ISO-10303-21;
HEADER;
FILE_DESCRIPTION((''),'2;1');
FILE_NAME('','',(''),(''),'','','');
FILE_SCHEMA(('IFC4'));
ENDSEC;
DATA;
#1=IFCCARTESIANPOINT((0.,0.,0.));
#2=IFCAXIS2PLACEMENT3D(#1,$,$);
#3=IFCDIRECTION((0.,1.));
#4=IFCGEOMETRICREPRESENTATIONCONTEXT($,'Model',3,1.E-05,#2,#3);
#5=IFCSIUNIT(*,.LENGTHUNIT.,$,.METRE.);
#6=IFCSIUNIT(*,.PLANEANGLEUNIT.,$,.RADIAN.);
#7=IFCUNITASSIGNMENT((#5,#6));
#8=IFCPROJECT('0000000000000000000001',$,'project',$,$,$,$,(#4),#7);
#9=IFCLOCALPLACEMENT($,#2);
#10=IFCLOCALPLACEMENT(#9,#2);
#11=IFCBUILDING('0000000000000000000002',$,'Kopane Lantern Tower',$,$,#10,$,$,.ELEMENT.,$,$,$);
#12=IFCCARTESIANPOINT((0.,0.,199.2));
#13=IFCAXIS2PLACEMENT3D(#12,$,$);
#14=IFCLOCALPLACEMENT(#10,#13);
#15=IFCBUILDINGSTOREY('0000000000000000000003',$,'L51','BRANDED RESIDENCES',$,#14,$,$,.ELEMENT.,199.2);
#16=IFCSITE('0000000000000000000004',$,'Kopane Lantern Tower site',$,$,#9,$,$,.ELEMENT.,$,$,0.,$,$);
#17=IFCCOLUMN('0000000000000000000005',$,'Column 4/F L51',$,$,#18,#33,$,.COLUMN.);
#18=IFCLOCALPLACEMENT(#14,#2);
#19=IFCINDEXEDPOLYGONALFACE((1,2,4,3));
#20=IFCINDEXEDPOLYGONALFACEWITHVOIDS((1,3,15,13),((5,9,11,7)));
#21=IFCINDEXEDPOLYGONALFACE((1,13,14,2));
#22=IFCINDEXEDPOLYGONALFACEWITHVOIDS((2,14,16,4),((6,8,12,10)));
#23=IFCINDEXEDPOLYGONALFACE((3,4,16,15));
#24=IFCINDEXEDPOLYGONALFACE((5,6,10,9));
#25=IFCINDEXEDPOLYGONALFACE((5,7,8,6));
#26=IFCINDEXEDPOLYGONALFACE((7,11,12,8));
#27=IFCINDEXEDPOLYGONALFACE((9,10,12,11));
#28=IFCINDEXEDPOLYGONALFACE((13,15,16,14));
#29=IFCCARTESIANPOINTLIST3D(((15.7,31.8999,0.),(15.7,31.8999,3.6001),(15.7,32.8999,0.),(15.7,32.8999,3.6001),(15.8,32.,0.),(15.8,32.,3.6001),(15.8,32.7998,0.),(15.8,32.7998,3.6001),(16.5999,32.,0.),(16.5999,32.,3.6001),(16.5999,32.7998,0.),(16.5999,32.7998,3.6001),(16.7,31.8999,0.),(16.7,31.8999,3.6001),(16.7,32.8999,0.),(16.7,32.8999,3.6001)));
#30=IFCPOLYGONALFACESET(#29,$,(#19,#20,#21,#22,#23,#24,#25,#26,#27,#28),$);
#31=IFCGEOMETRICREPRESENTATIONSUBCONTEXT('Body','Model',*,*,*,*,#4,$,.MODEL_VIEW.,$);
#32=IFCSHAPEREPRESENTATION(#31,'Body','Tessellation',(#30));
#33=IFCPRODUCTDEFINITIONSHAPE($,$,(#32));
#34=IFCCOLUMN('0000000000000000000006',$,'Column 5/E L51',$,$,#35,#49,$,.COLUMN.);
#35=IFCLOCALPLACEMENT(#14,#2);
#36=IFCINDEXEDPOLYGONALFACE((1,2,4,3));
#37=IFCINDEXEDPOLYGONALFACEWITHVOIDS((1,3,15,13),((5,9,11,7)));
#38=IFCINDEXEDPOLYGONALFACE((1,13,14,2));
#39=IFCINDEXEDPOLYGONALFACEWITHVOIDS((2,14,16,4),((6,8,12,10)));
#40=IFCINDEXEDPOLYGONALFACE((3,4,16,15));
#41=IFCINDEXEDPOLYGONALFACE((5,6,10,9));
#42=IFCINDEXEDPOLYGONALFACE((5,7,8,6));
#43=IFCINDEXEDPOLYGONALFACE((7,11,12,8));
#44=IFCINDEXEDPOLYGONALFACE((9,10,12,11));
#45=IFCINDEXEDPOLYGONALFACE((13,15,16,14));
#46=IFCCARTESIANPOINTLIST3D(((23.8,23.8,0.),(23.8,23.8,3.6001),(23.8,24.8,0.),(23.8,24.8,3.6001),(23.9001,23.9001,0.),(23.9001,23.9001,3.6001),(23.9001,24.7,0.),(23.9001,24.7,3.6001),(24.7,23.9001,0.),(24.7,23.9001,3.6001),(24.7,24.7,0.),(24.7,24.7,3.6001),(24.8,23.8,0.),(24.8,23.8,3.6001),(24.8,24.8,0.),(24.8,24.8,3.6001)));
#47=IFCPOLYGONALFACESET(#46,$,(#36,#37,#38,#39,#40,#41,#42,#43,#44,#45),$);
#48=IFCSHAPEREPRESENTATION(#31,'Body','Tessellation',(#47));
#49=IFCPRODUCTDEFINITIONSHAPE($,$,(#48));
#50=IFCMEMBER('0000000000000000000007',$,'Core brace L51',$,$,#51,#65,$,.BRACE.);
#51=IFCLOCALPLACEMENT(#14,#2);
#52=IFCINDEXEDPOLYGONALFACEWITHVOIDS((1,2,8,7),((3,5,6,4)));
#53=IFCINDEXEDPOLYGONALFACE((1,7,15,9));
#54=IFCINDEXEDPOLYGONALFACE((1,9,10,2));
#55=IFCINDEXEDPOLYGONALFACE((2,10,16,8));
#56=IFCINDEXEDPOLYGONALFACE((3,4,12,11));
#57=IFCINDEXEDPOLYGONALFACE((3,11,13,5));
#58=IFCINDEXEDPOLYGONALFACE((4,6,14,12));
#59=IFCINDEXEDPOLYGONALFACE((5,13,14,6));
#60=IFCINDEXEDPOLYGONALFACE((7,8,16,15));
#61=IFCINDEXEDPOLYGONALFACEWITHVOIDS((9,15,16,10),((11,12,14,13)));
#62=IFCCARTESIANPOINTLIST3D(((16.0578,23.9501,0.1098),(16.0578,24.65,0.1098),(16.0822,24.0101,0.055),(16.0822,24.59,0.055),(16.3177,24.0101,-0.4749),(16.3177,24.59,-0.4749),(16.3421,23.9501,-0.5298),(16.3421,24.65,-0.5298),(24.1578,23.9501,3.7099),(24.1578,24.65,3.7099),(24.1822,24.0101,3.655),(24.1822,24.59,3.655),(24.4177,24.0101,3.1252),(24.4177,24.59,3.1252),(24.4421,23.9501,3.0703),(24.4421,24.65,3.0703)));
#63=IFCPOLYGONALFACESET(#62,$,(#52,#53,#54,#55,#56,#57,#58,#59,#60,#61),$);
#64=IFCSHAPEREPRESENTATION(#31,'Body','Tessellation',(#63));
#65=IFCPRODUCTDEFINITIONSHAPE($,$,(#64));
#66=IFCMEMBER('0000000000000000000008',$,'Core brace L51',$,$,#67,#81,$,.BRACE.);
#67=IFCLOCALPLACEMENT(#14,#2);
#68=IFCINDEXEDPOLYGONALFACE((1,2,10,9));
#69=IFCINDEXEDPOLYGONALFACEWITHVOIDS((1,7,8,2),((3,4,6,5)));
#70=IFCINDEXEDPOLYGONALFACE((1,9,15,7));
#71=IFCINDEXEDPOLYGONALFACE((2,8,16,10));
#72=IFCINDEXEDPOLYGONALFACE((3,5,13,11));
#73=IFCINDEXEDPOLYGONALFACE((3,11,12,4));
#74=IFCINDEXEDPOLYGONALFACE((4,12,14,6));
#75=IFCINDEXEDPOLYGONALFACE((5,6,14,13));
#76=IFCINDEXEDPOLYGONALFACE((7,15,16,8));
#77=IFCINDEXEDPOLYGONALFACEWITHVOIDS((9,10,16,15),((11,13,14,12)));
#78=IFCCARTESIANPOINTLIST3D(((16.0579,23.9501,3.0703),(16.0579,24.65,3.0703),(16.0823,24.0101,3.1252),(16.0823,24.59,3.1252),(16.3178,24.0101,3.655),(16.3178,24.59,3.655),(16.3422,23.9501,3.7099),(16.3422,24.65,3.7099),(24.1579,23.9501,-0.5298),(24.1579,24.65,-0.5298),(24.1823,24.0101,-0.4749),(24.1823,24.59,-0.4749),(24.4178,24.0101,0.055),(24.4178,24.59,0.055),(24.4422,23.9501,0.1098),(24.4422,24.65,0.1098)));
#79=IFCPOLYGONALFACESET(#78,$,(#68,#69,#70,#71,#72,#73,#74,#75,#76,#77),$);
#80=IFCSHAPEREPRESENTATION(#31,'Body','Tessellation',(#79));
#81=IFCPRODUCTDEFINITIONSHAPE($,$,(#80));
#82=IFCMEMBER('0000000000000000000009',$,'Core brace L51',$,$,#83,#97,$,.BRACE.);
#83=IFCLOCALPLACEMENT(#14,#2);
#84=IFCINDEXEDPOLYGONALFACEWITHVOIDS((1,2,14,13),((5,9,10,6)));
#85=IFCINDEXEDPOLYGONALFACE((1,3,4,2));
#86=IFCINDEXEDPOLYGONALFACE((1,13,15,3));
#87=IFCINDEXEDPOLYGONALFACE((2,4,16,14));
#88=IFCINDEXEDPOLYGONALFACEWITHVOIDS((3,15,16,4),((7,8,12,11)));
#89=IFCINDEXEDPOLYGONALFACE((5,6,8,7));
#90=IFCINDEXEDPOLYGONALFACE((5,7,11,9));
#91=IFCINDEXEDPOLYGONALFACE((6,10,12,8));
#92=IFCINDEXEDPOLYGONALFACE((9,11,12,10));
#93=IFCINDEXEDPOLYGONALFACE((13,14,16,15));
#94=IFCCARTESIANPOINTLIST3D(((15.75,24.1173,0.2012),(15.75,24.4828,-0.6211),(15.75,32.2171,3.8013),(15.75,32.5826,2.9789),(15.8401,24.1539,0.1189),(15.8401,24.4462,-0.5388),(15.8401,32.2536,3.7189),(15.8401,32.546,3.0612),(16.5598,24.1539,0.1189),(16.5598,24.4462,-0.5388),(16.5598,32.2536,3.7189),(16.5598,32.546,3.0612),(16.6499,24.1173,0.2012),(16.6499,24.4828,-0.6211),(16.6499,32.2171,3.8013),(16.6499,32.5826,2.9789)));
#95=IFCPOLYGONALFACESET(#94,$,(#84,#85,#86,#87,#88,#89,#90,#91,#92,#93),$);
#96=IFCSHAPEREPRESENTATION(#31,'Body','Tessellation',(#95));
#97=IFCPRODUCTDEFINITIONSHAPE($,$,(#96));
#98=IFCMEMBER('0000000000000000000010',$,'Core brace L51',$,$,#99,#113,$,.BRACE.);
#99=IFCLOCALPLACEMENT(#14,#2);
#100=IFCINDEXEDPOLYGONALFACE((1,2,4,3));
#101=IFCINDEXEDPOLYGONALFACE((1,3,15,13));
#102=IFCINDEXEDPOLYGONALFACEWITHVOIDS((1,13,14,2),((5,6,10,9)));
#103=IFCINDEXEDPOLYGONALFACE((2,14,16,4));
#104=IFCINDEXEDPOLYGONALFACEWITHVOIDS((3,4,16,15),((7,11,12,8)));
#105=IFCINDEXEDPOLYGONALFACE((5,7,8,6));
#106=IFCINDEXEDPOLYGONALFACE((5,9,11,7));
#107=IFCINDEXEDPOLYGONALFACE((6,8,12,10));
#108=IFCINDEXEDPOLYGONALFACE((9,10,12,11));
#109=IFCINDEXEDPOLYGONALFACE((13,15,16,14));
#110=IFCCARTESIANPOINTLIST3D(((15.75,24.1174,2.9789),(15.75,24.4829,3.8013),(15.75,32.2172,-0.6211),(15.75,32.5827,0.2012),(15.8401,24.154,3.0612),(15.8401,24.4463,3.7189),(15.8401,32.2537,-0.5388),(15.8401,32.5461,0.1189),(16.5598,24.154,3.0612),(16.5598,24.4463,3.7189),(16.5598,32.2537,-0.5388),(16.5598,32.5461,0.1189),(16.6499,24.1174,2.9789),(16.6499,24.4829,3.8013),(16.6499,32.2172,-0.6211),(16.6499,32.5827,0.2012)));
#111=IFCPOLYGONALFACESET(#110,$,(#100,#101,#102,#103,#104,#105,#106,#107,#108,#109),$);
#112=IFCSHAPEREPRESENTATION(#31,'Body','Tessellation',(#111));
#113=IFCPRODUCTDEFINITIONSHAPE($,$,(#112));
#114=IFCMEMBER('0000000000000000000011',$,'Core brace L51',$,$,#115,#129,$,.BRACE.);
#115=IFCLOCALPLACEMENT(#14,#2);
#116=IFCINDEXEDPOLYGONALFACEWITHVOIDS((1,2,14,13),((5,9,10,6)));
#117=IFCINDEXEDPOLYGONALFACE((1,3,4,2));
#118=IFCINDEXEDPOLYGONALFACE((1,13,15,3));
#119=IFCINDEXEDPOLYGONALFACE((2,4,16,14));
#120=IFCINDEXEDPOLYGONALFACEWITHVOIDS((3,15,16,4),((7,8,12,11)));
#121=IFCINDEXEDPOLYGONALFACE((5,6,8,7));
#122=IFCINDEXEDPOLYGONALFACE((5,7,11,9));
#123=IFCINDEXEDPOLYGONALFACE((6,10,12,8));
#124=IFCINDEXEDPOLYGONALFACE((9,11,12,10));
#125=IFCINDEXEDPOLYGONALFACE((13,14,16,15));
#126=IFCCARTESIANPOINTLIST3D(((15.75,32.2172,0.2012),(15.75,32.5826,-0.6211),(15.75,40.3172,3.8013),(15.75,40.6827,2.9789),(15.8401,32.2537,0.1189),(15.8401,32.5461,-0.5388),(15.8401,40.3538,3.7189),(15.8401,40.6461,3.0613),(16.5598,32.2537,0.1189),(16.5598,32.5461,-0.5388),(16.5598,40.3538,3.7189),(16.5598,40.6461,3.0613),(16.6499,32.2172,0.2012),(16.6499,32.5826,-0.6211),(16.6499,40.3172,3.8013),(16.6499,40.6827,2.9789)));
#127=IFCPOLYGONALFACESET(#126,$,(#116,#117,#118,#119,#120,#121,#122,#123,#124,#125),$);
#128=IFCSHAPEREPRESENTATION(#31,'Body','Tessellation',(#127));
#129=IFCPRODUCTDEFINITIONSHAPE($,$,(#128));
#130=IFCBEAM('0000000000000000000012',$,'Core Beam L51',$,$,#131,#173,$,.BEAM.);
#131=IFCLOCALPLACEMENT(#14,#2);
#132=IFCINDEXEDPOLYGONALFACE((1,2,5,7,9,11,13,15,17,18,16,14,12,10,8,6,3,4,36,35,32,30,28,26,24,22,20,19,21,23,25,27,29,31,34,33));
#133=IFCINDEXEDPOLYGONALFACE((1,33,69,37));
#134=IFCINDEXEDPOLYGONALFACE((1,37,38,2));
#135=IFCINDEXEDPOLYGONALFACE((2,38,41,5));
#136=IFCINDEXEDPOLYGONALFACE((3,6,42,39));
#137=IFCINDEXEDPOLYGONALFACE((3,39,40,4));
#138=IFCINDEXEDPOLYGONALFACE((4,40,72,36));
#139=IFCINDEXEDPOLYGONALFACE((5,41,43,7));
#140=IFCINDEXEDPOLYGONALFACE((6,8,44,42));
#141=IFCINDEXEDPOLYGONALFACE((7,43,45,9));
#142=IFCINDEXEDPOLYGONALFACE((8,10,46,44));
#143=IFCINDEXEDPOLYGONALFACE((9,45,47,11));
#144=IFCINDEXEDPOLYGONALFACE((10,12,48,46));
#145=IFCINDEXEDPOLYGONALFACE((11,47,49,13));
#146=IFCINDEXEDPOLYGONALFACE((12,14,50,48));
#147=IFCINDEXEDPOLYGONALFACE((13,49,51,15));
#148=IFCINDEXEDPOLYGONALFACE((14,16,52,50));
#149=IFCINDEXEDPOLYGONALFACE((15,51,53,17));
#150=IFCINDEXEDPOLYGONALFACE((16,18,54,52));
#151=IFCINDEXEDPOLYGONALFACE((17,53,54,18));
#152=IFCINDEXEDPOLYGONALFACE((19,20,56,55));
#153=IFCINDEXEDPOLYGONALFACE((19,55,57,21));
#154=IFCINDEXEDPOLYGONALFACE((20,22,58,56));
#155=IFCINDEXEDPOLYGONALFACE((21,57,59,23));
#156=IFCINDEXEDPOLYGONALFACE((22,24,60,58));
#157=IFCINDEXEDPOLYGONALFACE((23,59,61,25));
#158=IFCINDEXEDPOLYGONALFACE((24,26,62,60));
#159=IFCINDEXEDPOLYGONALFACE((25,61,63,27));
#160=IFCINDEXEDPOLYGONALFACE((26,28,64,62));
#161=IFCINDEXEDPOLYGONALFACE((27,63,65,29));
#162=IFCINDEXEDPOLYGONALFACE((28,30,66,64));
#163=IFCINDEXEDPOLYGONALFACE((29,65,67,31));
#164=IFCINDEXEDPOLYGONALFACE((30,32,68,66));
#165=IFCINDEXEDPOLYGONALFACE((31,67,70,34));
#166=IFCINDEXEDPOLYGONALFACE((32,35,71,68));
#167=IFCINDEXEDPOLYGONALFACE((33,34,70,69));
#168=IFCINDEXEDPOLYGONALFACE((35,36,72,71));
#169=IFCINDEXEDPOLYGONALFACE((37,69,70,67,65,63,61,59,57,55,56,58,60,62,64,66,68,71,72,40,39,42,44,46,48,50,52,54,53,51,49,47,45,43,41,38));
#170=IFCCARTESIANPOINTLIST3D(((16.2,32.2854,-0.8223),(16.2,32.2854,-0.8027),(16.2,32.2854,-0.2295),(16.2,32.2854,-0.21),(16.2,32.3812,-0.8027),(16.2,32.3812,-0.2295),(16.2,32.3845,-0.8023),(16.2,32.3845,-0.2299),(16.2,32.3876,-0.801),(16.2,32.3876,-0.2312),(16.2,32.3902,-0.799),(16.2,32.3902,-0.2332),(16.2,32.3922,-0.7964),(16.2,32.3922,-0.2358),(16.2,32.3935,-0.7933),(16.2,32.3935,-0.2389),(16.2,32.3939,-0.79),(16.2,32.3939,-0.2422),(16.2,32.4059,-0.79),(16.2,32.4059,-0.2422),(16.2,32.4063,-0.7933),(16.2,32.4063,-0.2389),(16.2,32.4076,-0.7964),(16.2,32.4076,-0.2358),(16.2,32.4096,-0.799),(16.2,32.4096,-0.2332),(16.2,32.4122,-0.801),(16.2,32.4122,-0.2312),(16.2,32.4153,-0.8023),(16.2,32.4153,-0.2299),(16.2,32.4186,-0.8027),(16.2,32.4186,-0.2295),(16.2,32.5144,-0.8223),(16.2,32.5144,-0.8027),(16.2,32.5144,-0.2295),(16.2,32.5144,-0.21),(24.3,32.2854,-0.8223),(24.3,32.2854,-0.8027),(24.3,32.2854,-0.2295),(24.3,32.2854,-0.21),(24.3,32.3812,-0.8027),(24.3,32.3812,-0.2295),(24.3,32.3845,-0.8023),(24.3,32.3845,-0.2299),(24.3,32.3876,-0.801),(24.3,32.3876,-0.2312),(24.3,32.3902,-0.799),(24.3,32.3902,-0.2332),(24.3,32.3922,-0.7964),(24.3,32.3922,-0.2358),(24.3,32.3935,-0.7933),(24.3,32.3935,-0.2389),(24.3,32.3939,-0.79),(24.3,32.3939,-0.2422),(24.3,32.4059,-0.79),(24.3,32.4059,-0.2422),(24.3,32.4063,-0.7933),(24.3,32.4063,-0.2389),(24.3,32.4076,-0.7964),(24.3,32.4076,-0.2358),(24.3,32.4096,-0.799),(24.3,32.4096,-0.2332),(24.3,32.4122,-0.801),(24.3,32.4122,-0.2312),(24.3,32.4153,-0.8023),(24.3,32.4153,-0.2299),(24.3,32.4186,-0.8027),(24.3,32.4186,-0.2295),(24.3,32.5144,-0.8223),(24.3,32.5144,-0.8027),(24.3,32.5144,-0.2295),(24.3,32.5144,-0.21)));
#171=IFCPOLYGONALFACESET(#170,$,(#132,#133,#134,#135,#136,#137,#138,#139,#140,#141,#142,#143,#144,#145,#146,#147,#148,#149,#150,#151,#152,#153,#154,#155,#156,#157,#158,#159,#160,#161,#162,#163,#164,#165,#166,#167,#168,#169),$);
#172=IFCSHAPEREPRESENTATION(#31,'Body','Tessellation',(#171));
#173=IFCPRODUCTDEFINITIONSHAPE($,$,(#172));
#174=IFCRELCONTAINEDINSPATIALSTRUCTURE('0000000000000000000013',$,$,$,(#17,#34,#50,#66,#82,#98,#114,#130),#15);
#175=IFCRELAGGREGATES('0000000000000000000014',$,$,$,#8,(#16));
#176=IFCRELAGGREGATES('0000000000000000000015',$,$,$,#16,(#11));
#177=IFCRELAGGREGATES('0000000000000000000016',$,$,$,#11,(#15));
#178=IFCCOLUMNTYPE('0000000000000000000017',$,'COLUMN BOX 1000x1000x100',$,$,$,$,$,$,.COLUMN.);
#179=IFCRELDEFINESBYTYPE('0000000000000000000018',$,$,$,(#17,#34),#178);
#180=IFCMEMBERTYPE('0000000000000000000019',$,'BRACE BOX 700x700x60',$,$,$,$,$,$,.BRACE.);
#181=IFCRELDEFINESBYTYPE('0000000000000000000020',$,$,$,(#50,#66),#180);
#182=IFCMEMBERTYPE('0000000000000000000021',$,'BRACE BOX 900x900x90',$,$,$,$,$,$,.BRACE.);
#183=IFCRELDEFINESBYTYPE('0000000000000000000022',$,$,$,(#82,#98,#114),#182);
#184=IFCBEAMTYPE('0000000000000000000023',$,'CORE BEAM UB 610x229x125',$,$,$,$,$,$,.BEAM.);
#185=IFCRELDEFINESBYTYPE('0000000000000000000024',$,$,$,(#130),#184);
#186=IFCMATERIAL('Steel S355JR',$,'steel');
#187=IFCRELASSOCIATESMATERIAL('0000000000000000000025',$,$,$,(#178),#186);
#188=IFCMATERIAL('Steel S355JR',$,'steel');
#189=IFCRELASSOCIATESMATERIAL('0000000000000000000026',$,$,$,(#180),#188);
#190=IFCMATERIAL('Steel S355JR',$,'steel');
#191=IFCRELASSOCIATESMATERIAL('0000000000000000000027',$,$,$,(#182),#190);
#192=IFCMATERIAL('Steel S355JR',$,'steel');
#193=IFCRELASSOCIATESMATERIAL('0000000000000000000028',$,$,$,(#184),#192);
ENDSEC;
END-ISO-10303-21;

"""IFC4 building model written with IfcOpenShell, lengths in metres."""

from ifc_helpers import new_model, si_unit, direction, frame, origin, origin_2d, place, context, subcontext, project, spatial, hollow_rectangle, i_section, extrude, material, material_profile, profile_set, type_object, element, save


model = new_model("IFC4")

# Units and contexts
model_context = context("Model", 3, precision=1e-05, world=origin(), true_north=direction((0.0, 1.0)))
body_context = subcontext(model_context, "Body", "Model", "MODEL_VIEW")
ifc_project = project(units=[si_unit("LENGTHUNIT", "METRE"), si_unit("PLANEANGLEUNIT", "RADIAN")], contexts=[model_context])

# Site, building, storey
site_placement = place(None, origin())
site = spatial("IfcSite", under=ifc_project, at=site_placement, Name="Kopane Lantern Tower site", CompositionType="ELEMENT", RefElevation=0.0)
building_placement = place(site_placement, origin())
building = spatial("IfcBuilding", under=site, at=building_placement, Name="Kopane Lantern Tower", CompositionType="ELEMENT")
storey_placement = place(building_placement, frame((0.0, 0.0, 199.2)))
storey = spatial("IfcBuildingStorey", under=building, at=storey_placement, Name="L51", Description="BRANDED RESIDENCES", CompositionType="ELEMENT", Elevation=199.2)

# Columns
ifc_material_1 = material(Name="Steel S355JR", Category="steel")
ifc_material_profile_1 = material_profile(ifc_material_1, hollow_rectangle(XDim=1.0, YDim=1.0, WallThickness=0.1001, at=origin_2d()), Name="BOX 1000x1000x100")
ifc_profile_set_1 = profile_set([ifc_material_profile_1], Name="Steel S355JR")
column_type = type_object("IfcColumnType", Name="COLUMN BOX 1000x1000x100", PredefinedType="COLUMN", material=ifc_profile_set_1)
for number, where, z_axis, x_axis, name in (
    (1, (16.2, 32.3999, 0.0), (0.0, 0.0, 1.0), (1.0, 0.0, 0.0), "Column 4/F L51"),
    (2, (24.3, 24.3, 0.0), (0.0, 0.0, 1.0), (1.0, 0.0, 0.0), "Column 5/E L51"),
):
    element("IfcColumn", number, at=place(storey_placement, frame(where, z_axis=z_axis, x_axis=x_axis)), inside=storey, type_object=column_type, Name=name, PredefinedType="COLUMN", context=body_context, shape_type="SweptSolid", body=[
        extrude(hollow_rectangle(XDim=1.0, YDim=1.0, WallThickness=0.1001, at=origin_2d()), origin(), (0.0, 0.0, 1.0), 3.6001),
    ])

# Members
ifc_material_2 = material(Name="Steel S355JR", Category="steel")
ifc_material_profile_2 = material_profile(ifc_material_2, hollow_rectangle(XDim=0.7, YDim=0.7, WallThickness=0.0601, at=origin_2d()), Name="BOX 700x700x60")
ifc_profile_set_2 = profile_set([ifc_material_profile_2], Name="Steel S355JR")
member_type_1 = type_object("IfcMemberType", Name="BRACE BOX 700x700x60", PredefinedType="BRACE", material=ifc_profile_set_2)
for number, where, z_axis, x_axis, name in (
    (3, (16.2, 24.3, -0.21), (0.913809, 0.0, 0.406144), (0.0, 1.0, 0.0), "Core brace L51"),
    (4, (24.3, 24.3, -0.21), (-0.913809, 0.0, 0.406144), (0.0, -1.0, 0.0), "Core brace L51"),
):
    element("IfcMember", number, at=place(storey_placement, frame(where, z_axis=z_axis, x_axis=x_axis)), inside=storey, type_object=member_type_1, Name=name, PredefinedType="BRACE", context=body_context, shape_type="SweptSolid", body=[
        extrude(hollow_rectangle(XDim=0.7, YDim=0.7, WallThickness=0.0601, at=origin_2d()), origin(), (0.0, 0.0, 1.0), 8.864),
    ])
ifc_material_3 = material(Name="Steel S355JR", Category="steel")
ifc_material_profile_3 = material_profile(ifc_material_3, hollow_rectangle(XDim=0.8999, YDim=0.8999, WallThickness=0.0901, at=origin_2d()), Name="BOX 900x900x90")
ifc_profile_set_3 = profile_set([ifc_material_profile_3], Name="Steel S355JR")
member_type_2 = type_object("IfcMemberType", Name="BRACE BOX 900x900x90", PredefinedType="BRACE", material=ifc_profile_set_3)
for number, where, z_axis, x_axis, name in (
    (5, (16.2, 24.3, -0.21), (0.0, 0.913805, 0.406154), (-1.0, 0.0, 0.0), "Core brace L51"),
    (6, (16.2, 32.3999, -0.21), (0.0, -0.913805, 0.406154), (1.0, 0.0, 0.0), "Core brace L51"),
):
    element("IfcMember", number, at=place(storey_placement, frame(where, z_axis=z_axis, x_axis=x_axis)), inside=storey, type_object=member_type_2, Name=name, PredefinedType="BRACE", context=body_context, shape_type="SweptSolid", body=[
        extrude(hollow_rectangle(XDim=0.8999, YDim=0.8999, WallThickness=0.0901, at=origin_2d()), origin(), (0.0, 0.0, 1.0), 8.8638),
    ])
member_placement = place(storey_placement, frame((16.2, 32.3999, -0.21), z_axis=(0.0, 0.913809, 0.406144), x_axis=(-1.0, 0.0, 0.0)))
element("IfcMember", 7, at=member_placement, inside=storey, type_object=member_type_2, Name="Core brace L51", PredefinedType="BRACE", context=body_context, shape_type="SweptSolid", body=[
    extrude(hollow_rectangle(XDim=0.8999, YDim=0.8999, WallThickness=0.0901, at=origin_2d()), origin(), (0.0, 0.0, 1.0), 8.864),
])

# Beam
ifc_material_4 = material(Name="Steel S355JR", Category="steel")
ifc_material_profile_4 = material_profile(ifc_material_4, i_section(OverallWidth=0.229, OverallDepth=0.6123, WebThickness=0.012, FlangeThickness=0.0195, FilletRadius=0.0127, at=origin_2d()), Name="UB 610x229x125")
ifc_profile_set_4 = profile_set([ifc_material_profile_4], Name="Steel S355JR")
beam_type_1 = type_object("IfcBeamType", Name="CORE BEAM UB 610x229x125", PredefinedType="BEAM", material=ifc_profile_set_4)
beam_1_placement = place(storey_placement, frame((16.2, 32.3999, -0.5161), z_axis=(1.0, 0.0, 0.0), x_axis=(0.0, 1.0, 0.0)))
element("IfcBeam", 8, at=beam_1_placement, inside=storey, type_object=beam_type_1, Name="Core Beam L51", PredefinedType="BEAM", context=body_context, shape_type="SweptSolid", body=[
    extrude(i_section(OverallWidth=0.229, OverallDepth=0.6123, WebThickness=0.012, FlangeThickness=0.0195, FilletRadius=0.0127, at=origin_2d()), origin(), (0.0, 0.0, 1.0), 8.1001),
])

save(model, "model.ifc")
